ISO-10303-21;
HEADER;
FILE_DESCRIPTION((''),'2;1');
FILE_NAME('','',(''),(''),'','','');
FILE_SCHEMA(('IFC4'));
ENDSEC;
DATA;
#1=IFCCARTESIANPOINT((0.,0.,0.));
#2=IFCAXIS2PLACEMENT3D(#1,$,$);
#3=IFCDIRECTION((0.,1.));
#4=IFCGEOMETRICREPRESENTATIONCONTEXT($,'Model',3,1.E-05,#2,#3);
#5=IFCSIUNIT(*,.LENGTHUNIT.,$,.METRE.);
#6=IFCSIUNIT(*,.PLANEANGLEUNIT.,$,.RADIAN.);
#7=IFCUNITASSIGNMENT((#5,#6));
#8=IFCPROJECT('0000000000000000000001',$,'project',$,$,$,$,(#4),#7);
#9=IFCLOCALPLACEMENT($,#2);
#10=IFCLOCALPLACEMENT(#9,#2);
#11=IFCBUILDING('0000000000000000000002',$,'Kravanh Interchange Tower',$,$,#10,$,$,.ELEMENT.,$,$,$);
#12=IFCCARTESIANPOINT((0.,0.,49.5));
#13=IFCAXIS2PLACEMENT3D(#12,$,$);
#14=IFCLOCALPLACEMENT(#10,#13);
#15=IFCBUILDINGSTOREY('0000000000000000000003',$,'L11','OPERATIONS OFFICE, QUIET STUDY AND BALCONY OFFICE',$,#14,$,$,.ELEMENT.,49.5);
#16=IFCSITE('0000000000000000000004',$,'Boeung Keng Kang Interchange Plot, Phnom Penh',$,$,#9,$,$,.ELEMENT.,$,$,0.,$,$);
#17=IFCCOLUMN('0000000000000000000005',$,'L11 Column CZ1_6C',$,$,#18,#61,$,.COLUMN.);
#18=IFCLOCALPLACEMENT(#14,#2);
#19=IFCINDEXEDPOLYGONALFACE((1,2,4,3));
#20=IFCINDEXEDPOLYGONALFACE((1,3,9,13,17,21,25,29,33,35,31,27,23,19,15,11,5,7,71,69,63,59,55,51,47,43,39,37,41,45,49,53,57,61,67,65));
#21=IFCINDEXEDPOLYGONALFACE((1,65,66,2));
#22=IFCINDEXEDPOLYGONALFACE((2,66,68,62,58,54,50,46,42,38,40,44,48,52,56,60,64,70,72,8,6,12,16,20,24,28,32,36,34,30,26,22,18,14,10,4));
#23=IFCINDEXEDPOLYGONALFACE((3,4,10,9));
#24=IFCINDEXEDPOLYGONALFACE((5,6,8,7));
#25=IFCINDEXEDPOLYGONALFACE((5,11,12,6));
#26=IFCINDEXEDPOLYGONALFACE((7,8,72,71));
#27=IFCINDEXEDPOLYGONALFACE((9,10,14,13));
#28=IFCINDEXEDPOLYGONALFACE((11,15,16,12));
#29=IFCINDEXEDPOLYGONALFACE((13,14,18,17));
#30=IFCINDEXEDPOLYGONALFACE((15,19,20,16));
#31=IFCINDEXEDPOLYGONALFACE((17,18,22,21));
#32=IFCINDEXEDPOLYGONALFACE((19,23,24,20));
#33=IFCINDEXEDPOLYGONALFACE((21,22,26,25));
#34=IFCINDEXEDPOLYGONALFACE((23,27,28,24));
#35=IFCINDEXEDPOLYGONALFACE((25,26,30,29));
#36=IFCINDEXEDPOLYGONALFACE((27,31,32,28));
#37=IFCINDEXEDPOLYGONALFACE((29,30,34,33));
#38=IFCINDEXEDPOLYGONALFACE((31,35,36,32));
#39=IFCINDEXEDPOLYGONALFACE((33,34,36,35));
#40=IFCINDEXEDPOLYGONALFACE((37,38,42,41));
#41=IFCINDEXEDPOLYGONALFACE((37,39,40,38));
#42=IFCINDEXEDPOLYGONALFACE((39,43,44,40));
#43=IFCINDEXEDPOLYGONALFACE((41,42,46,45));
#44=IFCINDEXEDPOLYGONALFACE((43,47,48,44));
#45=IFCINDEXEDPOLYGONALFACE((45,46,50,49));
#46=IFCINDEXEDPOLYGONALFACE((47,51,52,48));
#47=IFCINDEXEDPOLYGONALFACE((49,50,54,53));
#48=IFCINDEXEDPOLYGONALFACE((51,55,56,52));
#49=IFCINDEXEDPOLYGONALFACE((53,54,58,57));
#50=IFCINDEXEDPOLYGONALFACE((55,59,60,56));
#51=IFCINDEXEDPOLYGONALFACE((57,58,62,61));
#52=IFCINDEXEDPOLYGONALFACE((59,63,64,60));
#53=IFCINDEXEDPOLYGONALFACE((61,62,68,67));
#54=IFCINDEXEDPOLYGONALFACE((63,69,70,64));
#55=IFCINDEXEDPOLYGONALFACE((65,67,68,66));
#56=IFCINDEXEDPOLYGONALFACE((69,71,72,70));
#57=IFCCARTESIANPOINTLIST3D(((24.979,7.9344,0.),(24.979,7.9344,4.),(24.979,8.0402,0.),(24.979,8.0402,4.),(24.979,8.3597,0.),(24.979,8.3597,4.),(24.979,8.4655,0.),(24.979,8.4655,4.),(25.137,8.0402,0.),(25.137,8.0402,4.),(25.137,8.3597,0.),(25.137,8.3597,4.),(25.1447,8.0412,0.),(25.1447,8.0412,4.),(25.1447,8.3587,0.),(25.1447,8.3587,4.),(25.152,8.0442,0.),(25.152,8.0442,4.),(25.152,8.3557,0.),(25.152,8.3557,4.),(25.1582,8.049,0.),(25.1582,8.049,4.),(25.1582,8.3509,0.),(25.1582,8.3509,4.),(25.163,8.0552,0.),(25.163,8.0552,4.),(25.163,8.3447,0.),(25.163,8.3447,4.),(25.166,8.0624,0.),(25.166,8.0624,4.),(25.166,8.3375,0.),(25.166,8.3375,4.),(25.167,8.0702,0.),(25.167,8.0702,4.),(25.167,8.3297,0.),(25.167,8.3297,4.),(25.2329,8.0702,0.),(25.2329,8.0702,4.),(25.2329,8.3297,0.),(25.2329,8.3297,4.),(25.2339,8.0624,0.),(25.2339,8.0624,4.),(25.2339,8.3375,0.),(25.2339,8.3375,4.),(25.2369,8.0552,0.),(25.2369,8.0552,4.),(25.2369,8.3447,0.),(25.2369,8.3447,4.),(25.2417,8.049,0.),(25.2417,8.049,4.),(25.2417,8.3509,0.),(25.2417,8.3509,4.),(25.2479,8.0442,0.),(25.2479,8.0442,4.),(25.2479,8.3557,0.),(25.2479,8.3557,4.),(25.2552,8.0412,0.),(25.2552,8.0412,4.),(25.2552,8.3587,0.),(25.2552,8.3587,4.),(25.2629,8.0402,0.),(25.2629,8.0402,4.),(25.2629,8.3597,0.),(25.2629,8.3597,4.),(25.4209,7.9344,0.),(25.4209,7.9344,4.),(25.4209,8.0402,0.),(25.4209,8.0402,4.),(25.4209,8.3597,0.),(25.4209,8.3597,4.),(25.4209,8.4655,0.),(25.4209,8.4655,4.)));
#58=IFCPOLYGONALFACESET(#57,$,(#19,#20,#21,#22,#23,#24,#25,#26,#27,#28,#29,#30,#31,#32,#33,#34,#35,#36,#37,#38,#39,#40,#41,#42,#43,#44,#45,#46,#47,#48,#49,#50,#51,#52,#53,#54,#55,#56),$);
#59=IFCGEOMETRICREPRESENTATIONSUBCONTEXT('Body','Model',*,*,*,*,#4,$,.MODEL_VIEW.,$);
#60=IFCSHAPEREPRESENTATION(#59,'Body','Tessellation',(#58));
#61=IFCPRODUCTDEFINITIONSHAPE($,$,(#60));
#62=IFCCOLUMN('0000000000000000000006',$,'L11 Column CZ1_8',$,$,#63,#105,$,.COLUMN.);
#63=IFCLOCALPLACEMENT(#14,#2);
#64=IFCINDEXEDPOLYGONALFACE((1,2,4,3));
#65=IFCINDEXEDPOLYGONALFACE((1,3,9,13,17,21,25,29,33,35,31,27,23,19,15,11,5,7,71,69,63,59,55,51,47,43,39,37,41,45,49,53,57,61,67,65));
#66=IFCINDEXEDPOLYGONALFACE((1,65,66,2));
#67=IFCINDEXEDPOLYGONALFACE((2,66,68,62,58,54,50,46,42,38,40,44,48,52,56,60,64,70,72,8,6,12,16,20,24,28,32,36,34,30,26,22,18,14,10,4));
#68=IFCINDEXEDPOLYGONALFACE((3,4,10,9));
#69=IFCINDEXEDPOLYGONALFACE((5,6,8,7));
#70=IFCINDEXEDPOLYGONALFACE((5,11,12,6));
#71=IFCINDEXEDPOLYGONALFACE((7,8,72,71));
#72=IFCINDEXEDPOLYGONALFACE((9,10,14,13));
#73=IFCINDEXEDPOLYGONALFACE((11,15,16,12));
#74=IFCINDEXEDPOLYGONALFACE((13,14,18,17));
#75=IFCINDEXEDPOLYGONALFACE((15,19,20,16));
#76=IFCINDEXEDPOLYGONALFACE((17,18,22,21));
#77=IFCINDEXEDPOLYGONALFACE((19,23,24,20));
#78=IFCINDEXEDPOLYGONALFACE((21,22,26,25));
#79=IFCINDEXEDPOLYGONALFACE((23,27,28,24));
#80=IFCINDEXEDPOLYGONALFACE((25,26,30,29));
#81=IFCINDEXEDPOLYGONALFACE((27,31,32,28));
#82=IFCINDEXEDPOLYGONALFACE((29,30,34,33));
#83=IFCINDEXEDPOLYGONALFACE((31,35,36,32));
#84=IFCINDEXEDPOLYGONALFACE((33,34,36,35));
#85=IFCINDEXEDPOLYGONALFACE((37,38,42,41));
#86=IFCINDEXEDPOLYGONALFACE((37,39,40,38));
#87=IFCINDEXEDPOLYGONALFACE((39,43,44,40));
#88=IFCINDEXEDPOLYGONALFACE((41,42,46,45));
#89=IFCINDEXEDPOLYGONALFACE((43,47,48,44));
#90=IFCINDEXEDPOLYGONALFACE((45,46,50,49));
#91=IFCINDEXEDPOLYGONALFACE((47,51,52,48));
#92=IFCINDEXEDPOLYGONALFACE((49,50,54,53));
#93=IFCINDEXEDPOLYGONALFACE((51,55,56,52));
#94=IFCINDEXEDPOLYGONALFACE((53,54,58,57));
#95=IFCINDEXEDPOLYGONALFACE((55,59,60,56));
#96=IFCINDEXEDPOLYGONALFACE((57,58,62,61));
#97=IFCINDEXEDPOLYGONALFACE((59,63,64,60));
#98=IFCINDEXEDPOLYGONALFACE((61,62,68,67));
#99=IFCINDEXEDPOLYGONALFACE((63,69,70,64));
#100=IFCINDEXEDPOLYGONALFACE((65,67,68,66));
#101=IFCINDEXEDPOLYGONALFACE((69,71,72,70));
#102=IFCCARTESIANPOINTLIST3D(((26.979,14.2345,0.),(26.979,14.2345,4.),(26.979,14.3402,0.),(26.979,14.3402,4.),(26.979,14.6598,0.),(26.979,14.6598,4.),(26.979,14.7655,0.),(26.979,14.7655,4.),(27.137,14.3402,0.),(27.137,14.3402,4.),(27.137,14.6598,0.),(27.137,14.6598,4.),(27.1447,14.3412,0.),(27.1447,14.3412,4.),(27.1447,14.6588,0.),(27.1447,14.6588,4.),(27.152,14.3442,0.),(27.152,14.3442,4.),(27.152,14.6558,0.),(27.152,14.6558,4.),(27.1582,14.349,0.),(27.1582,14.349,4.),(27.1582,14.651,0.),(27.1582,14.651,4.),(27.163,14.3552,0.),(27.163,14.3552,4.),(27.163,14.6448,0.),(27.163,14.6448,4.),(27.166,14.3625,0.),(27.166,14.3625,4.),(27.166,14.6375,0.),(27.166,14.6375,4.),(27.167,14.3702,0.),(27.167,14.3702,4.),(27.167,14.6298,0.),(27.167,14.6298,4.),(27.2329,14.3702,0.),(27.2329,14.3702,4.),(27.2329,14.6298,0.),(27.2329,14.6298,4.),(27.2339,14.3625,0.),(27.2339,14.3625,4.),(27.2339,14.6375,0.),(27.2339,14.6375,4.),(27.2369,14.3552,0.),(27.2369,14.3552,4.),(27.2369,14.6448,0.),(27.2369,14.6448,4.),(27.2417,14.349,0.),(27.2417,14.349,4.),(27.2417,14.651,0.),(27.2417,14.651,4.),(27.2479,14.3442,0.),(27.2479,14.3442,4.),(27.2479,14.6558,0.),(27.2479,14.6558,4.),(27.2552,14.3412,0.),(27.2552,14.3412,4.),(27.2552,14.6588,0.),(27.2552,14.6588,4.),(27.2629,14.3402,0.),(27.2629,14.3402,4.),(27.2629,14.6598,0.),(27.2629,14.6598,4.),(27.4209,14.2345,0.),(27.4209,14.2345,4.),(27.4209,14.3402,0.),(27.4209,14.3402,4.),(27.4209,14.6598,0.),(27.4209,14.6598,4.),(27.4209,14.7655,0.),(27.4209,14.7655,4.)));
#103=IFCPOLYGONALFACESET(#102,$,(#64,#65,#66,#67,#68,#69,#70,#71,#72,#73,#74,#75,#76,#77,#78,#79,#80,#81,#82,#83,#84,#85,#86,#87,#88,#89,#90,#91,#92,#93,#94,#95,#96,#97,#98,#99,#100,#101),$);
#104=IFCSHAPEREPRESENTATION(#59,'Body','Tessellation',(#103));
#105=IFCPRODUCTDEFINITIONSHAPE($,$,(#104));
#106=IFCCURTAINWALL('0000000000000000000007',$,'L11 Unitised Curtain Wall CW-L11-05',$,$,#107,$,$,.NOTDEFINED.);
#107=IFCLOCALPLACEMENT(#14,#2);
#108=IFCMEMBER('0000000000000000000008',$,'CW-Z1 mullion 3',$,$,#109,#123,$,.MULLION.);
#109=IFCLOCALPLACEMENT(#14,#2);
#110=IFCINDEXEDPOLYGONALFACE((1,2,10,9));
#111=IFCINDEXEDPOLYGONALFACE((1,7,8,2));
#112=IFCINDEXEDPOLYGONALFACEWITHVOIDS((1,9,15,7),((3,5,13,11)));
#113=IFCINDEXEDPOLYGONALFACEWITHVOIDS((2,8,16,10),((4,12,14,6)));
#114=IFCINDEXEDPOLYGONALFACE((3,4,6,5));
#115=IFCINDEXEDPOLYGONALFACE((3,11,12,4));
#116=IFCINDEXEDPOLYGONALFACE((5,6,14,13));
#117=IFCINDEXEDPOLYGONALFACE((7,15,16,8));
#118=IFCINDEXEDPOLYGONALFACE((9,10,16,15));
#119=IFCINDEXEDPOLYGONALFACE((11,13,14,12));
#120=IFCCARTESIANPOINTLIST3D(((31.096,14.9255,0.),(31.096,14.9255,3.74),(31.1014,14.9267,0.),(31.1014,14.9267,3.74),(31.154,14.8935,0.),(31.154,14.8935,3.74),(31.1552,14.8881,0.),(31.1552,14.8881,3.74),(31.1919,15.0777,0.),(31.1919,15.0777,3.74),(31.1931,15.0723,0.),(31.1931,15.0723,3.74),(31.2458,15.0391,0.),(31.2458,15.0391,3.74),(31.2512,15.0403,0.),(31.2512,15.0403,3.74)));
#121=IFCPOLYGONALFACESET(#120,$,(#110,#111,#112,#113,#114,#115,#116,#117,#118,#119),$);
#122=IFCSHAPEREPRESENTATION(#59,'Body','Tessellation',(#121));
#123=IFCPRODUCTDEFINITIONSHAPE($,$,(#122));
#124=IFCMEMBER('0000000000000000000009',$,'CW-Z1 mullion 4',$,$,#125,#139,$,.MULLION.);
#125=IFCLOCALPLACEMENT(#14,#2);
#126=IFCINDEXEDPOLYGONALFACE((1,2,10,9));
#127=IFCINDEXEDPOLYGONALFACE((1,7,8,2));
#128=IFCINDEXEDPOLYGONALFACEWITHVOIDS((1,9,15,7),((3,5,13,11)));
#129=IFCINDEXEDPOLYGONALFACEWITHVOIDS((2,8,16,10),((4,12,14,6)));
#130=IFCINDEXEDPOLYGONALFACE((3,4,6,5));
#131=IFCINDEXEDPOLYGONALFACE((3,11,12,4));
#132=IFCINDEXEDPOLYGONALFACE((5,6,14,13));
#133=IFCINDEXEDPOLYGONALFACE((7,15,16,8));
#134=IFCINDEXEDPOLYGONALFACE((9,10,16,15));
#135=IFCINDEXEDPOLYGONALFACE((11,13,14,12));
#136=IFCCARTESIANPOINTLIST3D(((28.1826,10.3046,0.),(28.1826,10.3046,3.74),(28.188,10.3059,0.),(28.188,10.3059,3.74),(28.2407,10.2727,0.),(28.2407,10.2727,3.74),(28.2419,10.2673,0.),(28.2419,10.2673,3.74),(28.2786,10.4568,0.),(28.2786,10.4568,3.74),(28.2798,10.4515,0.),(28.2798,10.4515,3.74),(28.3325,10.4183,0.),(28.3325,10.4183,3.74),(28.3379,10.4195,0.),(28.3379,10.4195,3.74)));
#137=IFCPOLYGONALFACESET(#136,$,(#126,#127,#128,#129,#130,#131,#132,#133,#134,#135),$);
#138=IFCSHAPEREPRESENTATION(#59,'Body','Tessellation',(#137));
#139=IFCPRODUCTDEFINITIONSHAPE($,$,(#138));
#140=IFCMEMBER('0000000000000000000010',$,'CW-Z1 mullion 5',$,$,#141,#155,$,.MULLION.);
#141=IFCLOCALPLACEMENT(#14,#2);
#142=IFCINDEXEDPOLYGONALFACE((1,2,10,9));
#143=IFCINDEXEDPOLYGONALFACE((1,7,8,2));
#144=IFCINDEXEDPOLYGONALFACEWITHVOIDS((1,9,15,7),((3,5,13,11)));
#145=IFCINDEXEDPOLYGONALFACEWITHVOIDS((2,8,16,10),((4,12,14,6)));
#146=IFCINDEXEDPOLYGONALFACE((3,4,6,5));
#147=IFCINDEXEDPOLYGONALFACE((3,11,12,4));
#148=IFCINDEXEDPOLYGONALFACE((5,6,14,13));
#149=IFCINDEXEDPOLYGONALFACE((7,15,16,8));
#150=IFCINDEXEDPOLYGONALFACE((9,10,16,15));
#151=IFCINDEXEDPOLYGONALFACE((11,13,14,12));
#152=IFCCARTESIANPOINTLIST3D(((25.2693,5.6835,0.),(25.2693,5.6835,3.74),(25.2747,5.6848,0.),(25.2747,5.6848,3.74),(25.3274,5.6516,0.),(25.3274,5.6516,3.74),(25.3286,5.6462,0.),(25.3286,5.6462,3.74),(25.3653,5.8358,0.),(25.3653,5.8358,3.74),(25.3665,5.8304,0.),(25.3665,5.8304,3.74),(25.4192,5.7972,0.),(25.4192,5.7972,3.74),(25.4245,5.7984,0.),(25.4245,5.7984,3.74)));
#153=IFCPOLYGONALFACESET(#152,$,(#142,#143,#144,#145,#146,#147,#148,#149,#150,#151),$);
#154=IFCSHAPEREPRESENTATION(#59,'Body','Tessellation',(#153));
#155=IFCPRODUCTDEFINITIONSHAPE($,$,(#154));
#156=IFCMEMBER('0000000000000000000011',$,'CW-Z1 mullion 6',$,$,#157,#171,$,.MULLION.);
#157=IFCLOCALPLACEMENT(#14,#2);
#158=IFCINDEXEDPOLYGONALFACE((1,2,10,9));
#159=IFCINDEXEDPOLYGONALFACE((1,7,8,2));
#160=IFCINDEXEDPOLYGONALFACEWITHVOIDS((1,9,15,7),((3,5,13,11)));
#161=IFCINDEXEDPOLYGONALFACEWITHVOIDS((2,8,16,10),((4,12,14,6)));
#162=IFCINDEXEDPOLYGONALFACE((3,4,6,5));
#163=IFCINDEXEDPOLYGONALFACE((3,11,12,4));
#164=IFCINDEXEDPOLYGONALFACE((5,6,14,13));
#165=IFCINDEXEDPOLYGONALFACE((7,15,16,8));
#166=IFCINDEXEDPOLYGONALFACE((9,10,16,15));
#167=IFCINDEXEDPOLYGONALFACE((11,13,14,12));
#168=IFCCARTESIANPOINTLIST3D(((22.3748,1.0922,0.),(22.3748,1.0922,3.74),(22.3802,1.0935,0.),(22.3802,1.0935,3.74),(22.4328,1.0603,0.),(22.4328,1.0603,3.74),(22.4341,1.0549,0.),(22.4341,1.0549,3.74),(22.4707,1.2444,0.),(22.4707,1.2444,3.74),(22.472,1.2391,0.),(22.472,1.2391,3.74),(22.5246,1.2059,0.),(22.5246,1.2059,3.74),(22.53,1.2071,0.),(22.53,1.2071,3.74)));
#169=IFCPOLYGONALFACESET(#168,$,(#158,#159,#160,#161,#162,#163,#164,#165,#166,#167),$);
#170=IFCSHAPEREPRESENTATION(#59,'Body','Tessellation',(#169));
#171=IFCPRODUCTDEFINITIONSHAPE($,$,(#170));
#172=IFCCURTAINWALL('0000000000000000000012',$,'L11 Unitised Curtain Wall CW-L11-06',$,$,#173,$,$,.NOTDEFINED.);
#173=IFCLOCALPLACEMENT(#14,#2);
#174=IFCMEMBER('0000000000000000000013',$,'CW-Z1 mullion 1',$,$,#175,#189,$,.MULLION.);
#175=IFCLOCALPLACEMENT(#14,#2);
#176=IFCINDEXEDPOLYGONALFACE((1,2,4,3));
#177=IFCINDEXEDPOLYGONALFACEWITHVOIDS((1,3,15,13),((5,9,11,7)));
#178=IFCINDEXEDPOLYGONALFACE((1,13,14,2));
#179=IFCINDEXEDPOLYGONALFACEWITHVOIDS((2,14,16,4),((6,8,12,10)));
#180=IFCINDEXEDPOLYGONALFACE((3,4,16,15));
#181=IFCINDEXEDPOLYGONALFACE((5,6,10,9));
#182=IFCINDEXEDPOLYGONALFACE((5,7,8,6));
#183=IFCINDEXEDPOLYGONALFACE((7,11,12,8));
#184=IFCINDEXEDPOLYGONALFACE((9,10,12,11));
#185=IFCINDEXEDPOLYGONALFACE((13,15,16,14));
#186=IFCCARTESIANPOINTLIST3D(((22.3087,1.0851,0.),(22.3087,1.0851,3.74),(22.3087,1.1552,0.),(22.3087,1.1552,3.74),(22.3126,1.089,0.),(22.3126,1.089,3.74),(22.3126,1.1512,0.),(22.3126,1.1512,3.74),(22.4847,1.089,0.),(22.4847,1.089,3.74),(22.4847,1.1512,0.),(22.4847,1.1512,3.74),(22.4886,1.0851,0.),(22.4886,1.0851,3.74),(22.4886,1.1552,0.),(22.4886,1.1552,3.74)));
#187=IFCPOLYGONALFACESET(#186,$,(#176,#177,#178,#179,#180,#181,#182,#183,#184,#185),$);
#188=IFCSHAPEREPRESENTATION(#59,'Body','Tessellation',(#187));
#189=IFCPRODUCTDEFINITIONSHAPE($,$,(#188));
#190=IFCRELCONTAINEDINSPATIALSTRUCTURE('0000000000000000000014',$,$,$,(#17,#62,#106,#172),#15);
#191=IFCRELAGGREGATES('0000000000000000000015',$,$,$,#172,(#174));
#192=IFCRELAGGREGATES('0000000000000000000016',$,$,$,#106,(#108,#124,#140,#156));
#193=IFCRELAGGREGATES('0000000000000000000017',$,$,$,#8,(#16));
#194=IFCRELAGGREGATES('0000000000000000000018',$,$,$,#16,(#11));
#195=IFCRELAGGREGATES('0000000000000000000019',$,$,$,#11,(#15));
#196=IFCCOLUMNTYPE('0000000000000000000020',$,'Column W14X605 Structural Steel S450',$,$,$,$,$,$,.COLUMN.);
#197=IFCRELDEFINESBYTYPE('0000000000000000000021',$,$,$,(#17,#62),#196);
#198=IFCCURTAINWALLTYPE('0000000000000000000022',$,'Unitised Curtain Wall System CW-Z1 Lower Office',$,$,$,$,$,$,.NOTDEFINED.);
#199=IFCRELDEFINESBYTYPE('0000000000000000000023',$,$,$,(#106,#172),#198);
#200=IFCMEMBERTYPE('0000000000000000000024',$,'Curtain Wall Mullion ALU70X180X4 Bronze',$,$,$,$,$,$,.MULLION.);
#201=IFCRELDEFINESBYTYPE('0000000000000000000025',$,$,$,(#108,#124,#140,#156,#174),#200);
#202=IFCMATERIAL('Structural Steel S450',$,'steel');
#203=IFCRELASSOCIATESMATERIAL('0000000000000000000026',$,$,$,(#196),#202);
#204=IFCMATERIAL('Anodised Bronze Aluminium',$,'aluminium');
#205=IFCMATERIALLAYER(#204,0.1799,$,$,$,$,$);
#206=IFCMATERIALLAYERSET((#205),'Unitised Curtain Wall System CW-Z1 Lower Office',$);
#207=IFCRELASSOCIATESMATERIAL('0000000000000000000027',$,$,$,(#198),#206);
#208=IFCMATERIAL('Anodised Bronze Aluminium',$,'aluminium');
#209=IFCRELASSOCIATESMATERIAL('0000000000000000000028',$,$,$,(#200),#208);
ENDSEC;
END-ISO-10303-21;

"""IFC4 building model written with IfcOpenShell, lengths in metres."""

from ifc_helpers import new_model, si_unit, direction, frame, origin, origin_2d, place, context, subcontext, project, spatial, hollow_rectangle, i_section, extrude, material, layer, layer_set, material_profile, profile_set, type_object, element, aggregate, save


model = new_model("IFC4")

# Units and contexts
model_context = context("Model", 3, precision=1e-05, world=origin(), true_north=direction((0.0, 1.0)))
body_context = subcontext(model_context, "Body", "Model", "MODEL_VIEW")
ifc_project = project(units=[si_unit("LENGTHUNIT", "METRE"), si_unit("PLANEANGLEUNIT", "RADIAN")], contexts=[model_context])

# Site, building, storey
site_placement = place(None, origin())
site = spatial("IfcSite", under=ifc_project, at=site_placement, Name="Boeung Keng Kang Interchange Plot, Phnom Penh", CompositionType="ELEMENT", RefElevation=0.0)
building_placement = place(site_placement, origin())
building = spatial("IfcBuilding", under=site, at=building_placement, Name="Kravanh Interchange Tower", CompositionType="ELEMENT")
storey_placement = place(building_placement, frame((0.0, 0.0, 49.5)))
storey = spatial("IfcBuildingStorey", under=building, at=storey_placement, Name="L11", Description="OPERATIONS OFFICE, QUIET STUDY AND BALCONY OFFICE", CompositionType="ELEMENT", Elevation=49.5)

# Columns
ifc_material_1 = material(Name="Structural Steel S450", Category="steel")
ifc_material_profile_1 = material_profile(ifc_material_1, i_section(OverallWidth=0.4419, OverallDepth=0.531, WebThickness=0.0659, FlangeThickness=0.1057, FilletRadius=0.03, at=origin_2d()), Name="W14X605")
ifc_profile_set_1 = profile_set([ifc_material_profile_1], Name="Structural Steel S450")
column_type = type_object("IfcColumnType", Name="Column W14X605 Structural Steel S450", PredefinedType="COLUMN", material=ifc_profile_set_1)
for number, where, z_axis, x_axis, name in (
    (1, (25.2, 8.2, 0.0), (0.0, 0.0, 1.0), (1.0, 0.0, 0.0), "L11 Column CZ1_6C"),
    (2, (27.2, 14.5, 0.0), (0.0, 0.0, 1.0), (1.0, 0.0, 0.0), "L11 Column CZ1_8"),
):
    element("IfcColumn", number, at=place(storey_placement, frame(where, z_axis=z_axis, x_axis=x_axis)), inside=storey, type_object=column_type, Name=name, PredefinedType="COLUMN", context=body_context, shape_type="SweptSolid", body=[
        extrude(i_section(OverallWidth=0.4419, OverallDepth=0.531, WebThickness=0.0659, FlangeThickness=0.1057, FilletRadius=0.03, at=origin_2d()), origin(), (0.0, 0.0, 1.0), 4.0),
    ])

# Curtain wall, members
ifc_material_2 = material(Name="Anodised Bronze Aluminium", Category="aluminium")
ifc_layer_1 = layer(ifc_material_2, 0.1799)
ifc_layer_set_1 = layer_set([ifc_layer_1], Name="Unitised Curtain Wall System CW-Z1 Lower Office")
curtain_wall_type = type_object("IfcCurtainWallType", Name="Unitised Curtain Wall System CW-Z1 Lower Office", PredefinedType="NOTDEFINED", material=ifc_layer_set_1)
curtain_wall_1_placement = place(storey_placement, origin())
curtain_wall_1 = element("IfcCurtainWall", 3, at=curtain_wall_1_placement, inside=storey, type_object=curtain_wall_type, Name="L11 Unitised Curtain Wall CW-L11-05", PredefinedType="NOTDEFINED")
ifc_material_3 = material(Name="Anodised Bronze Aluminium", Category="aluminium")
ifc_material_profile_2 = material_profile(ifc_material_3, hollow_rectangle(XDim=0.0701, YDim=0.1799, WallThickness=0.0039, at=origin_2d()), Name="ALU70X180X4")
ifc_profile_set_2 = profile_set([ifc_material_profile_2], Name="Anodised Bronze Aluminium")
member_type_1 = type_object("IfcMemberType", Name="Curtain Wall Mullion ALU70X180X4 Bronze", PredefinedType="MULLION", material=ifc_profile_set_2)
member_1_placement = place(storey_placement, frame((31.1736, 14.9829, 0.0), z_axis=(0.0, 0.0, 1.0), x_axis=(0.845926, -0.533301, 0.0)))
member_1 = element("IfcMember", 4, at=member_1_placement, type_object=member_type_1, Name="CW-Z1 mullion 3", PredefinedType="MULLION", context=body_context, shape_type="SweptSolid", body=[
    extrude(hollow_rectangle(XDim=0.0701, YDim=0.1799, WallThickness=0.0039, at=origin_2d()), origin(), (0.0, 0.0, 1.0), 3.74),
])
member_2_placement = place(storey_placement, frame((28.2603, 10.3621, 0.0), z_axis=(0.0, 0.0, 1.0), x_axis=(0.845926, -0.533301, 0.0)))
member_2 = element("IfcMember", 5, at=member_2_placement, type_object=member_type_1, Name="CW-Z1 mullion 4", PredefinedType="MULLION", context=body_context, shape_type="SweptSolid", body=[
    extrude(hollow_rectangle(XDim=0.0701, YDim=0.1799, WallThickness=0.0039, at=origin_2d()), origin(), (0.0, 0.0, 1.0), 3.74),
])
member_3_placement = place(storey_placement, frame((25.3469, 5.741, 0.0), z_axis=(0.0, 0.0, 1.0), x_axis=(0.845926, -0.533301, 0.0)))
member_3 = element("IfcMember", 6, at=member_3_placement, type_object=member_type_1, Name="CW-Z1 mullion 5", PredefinedType="MULLION", context=body_context, shape_type="SweptSolid", body=[
    extrude(hollow_rectangle(XDim=0.0701, YDim=0.1799, WallThickness=0.0039, at=origin_2d()), origin(), (0.0, 0.0, 1.0), 3.74),
])
member_4_placement = place(storey_placement, frame((22.4524, 1.1497, 0.0), z_axis=(0.0, 0.0, 1.0), x_axis=(0.845926, -0.533301, 0.0)))
member_4 = element("IfcMember", 7, at=member_4_placement, type_object=member_type_1, Name="CW-Z1 mullion 6", PredefinedType="MULLION", context=body_context, shape_type="SweptSolid", body=[
    extrude(hollow_rectangle(XDim=0.0701, YDim=0.1799, WallThickness=0.0039, at=origin_2d()), origin(), (0.0, 0.0, 1.0), 3.74),
])

# Curtain wall, member
curtain_wall_2_placement = place(storey_placement, origin())
curtain_wall_2 = element("IfcCurtainWall", 8, at=curtain_wall_2_placement, inside=storey, type_object=curtain_wall_type, Name="L11 Unitised Curtain Wall CW-L11-06", PredefinedType="NOTDEFINED")
member_5_placement = place(storey_placement, frame((22.3987, 1.1201, 0.0), z_axis=(0.0, 0.0, 1.0), x_axis=(0.0, -1.0, 0.0)))
member_5 = element("IfcMember", 9, at=member_5_placement, type_object=member_type_1, Name="CW-Z1 mullion 1", PredefinedType="MULLION", context=body_context, shape_type="SweptSolid", body=[
    extrude(hollow_rectangle(XDim=0.0701, YDim=0.1799, WallThickness=0.0039, at=origin_2d()), origin(), (0.0, 0.0, 1.0), 3.74),
])

aggregate(curtain_wall_2, [member_5])

aggregate(curtain_wall_1, [member_1, member_2, member_3, member_4])

save(model, "model.ifc")
